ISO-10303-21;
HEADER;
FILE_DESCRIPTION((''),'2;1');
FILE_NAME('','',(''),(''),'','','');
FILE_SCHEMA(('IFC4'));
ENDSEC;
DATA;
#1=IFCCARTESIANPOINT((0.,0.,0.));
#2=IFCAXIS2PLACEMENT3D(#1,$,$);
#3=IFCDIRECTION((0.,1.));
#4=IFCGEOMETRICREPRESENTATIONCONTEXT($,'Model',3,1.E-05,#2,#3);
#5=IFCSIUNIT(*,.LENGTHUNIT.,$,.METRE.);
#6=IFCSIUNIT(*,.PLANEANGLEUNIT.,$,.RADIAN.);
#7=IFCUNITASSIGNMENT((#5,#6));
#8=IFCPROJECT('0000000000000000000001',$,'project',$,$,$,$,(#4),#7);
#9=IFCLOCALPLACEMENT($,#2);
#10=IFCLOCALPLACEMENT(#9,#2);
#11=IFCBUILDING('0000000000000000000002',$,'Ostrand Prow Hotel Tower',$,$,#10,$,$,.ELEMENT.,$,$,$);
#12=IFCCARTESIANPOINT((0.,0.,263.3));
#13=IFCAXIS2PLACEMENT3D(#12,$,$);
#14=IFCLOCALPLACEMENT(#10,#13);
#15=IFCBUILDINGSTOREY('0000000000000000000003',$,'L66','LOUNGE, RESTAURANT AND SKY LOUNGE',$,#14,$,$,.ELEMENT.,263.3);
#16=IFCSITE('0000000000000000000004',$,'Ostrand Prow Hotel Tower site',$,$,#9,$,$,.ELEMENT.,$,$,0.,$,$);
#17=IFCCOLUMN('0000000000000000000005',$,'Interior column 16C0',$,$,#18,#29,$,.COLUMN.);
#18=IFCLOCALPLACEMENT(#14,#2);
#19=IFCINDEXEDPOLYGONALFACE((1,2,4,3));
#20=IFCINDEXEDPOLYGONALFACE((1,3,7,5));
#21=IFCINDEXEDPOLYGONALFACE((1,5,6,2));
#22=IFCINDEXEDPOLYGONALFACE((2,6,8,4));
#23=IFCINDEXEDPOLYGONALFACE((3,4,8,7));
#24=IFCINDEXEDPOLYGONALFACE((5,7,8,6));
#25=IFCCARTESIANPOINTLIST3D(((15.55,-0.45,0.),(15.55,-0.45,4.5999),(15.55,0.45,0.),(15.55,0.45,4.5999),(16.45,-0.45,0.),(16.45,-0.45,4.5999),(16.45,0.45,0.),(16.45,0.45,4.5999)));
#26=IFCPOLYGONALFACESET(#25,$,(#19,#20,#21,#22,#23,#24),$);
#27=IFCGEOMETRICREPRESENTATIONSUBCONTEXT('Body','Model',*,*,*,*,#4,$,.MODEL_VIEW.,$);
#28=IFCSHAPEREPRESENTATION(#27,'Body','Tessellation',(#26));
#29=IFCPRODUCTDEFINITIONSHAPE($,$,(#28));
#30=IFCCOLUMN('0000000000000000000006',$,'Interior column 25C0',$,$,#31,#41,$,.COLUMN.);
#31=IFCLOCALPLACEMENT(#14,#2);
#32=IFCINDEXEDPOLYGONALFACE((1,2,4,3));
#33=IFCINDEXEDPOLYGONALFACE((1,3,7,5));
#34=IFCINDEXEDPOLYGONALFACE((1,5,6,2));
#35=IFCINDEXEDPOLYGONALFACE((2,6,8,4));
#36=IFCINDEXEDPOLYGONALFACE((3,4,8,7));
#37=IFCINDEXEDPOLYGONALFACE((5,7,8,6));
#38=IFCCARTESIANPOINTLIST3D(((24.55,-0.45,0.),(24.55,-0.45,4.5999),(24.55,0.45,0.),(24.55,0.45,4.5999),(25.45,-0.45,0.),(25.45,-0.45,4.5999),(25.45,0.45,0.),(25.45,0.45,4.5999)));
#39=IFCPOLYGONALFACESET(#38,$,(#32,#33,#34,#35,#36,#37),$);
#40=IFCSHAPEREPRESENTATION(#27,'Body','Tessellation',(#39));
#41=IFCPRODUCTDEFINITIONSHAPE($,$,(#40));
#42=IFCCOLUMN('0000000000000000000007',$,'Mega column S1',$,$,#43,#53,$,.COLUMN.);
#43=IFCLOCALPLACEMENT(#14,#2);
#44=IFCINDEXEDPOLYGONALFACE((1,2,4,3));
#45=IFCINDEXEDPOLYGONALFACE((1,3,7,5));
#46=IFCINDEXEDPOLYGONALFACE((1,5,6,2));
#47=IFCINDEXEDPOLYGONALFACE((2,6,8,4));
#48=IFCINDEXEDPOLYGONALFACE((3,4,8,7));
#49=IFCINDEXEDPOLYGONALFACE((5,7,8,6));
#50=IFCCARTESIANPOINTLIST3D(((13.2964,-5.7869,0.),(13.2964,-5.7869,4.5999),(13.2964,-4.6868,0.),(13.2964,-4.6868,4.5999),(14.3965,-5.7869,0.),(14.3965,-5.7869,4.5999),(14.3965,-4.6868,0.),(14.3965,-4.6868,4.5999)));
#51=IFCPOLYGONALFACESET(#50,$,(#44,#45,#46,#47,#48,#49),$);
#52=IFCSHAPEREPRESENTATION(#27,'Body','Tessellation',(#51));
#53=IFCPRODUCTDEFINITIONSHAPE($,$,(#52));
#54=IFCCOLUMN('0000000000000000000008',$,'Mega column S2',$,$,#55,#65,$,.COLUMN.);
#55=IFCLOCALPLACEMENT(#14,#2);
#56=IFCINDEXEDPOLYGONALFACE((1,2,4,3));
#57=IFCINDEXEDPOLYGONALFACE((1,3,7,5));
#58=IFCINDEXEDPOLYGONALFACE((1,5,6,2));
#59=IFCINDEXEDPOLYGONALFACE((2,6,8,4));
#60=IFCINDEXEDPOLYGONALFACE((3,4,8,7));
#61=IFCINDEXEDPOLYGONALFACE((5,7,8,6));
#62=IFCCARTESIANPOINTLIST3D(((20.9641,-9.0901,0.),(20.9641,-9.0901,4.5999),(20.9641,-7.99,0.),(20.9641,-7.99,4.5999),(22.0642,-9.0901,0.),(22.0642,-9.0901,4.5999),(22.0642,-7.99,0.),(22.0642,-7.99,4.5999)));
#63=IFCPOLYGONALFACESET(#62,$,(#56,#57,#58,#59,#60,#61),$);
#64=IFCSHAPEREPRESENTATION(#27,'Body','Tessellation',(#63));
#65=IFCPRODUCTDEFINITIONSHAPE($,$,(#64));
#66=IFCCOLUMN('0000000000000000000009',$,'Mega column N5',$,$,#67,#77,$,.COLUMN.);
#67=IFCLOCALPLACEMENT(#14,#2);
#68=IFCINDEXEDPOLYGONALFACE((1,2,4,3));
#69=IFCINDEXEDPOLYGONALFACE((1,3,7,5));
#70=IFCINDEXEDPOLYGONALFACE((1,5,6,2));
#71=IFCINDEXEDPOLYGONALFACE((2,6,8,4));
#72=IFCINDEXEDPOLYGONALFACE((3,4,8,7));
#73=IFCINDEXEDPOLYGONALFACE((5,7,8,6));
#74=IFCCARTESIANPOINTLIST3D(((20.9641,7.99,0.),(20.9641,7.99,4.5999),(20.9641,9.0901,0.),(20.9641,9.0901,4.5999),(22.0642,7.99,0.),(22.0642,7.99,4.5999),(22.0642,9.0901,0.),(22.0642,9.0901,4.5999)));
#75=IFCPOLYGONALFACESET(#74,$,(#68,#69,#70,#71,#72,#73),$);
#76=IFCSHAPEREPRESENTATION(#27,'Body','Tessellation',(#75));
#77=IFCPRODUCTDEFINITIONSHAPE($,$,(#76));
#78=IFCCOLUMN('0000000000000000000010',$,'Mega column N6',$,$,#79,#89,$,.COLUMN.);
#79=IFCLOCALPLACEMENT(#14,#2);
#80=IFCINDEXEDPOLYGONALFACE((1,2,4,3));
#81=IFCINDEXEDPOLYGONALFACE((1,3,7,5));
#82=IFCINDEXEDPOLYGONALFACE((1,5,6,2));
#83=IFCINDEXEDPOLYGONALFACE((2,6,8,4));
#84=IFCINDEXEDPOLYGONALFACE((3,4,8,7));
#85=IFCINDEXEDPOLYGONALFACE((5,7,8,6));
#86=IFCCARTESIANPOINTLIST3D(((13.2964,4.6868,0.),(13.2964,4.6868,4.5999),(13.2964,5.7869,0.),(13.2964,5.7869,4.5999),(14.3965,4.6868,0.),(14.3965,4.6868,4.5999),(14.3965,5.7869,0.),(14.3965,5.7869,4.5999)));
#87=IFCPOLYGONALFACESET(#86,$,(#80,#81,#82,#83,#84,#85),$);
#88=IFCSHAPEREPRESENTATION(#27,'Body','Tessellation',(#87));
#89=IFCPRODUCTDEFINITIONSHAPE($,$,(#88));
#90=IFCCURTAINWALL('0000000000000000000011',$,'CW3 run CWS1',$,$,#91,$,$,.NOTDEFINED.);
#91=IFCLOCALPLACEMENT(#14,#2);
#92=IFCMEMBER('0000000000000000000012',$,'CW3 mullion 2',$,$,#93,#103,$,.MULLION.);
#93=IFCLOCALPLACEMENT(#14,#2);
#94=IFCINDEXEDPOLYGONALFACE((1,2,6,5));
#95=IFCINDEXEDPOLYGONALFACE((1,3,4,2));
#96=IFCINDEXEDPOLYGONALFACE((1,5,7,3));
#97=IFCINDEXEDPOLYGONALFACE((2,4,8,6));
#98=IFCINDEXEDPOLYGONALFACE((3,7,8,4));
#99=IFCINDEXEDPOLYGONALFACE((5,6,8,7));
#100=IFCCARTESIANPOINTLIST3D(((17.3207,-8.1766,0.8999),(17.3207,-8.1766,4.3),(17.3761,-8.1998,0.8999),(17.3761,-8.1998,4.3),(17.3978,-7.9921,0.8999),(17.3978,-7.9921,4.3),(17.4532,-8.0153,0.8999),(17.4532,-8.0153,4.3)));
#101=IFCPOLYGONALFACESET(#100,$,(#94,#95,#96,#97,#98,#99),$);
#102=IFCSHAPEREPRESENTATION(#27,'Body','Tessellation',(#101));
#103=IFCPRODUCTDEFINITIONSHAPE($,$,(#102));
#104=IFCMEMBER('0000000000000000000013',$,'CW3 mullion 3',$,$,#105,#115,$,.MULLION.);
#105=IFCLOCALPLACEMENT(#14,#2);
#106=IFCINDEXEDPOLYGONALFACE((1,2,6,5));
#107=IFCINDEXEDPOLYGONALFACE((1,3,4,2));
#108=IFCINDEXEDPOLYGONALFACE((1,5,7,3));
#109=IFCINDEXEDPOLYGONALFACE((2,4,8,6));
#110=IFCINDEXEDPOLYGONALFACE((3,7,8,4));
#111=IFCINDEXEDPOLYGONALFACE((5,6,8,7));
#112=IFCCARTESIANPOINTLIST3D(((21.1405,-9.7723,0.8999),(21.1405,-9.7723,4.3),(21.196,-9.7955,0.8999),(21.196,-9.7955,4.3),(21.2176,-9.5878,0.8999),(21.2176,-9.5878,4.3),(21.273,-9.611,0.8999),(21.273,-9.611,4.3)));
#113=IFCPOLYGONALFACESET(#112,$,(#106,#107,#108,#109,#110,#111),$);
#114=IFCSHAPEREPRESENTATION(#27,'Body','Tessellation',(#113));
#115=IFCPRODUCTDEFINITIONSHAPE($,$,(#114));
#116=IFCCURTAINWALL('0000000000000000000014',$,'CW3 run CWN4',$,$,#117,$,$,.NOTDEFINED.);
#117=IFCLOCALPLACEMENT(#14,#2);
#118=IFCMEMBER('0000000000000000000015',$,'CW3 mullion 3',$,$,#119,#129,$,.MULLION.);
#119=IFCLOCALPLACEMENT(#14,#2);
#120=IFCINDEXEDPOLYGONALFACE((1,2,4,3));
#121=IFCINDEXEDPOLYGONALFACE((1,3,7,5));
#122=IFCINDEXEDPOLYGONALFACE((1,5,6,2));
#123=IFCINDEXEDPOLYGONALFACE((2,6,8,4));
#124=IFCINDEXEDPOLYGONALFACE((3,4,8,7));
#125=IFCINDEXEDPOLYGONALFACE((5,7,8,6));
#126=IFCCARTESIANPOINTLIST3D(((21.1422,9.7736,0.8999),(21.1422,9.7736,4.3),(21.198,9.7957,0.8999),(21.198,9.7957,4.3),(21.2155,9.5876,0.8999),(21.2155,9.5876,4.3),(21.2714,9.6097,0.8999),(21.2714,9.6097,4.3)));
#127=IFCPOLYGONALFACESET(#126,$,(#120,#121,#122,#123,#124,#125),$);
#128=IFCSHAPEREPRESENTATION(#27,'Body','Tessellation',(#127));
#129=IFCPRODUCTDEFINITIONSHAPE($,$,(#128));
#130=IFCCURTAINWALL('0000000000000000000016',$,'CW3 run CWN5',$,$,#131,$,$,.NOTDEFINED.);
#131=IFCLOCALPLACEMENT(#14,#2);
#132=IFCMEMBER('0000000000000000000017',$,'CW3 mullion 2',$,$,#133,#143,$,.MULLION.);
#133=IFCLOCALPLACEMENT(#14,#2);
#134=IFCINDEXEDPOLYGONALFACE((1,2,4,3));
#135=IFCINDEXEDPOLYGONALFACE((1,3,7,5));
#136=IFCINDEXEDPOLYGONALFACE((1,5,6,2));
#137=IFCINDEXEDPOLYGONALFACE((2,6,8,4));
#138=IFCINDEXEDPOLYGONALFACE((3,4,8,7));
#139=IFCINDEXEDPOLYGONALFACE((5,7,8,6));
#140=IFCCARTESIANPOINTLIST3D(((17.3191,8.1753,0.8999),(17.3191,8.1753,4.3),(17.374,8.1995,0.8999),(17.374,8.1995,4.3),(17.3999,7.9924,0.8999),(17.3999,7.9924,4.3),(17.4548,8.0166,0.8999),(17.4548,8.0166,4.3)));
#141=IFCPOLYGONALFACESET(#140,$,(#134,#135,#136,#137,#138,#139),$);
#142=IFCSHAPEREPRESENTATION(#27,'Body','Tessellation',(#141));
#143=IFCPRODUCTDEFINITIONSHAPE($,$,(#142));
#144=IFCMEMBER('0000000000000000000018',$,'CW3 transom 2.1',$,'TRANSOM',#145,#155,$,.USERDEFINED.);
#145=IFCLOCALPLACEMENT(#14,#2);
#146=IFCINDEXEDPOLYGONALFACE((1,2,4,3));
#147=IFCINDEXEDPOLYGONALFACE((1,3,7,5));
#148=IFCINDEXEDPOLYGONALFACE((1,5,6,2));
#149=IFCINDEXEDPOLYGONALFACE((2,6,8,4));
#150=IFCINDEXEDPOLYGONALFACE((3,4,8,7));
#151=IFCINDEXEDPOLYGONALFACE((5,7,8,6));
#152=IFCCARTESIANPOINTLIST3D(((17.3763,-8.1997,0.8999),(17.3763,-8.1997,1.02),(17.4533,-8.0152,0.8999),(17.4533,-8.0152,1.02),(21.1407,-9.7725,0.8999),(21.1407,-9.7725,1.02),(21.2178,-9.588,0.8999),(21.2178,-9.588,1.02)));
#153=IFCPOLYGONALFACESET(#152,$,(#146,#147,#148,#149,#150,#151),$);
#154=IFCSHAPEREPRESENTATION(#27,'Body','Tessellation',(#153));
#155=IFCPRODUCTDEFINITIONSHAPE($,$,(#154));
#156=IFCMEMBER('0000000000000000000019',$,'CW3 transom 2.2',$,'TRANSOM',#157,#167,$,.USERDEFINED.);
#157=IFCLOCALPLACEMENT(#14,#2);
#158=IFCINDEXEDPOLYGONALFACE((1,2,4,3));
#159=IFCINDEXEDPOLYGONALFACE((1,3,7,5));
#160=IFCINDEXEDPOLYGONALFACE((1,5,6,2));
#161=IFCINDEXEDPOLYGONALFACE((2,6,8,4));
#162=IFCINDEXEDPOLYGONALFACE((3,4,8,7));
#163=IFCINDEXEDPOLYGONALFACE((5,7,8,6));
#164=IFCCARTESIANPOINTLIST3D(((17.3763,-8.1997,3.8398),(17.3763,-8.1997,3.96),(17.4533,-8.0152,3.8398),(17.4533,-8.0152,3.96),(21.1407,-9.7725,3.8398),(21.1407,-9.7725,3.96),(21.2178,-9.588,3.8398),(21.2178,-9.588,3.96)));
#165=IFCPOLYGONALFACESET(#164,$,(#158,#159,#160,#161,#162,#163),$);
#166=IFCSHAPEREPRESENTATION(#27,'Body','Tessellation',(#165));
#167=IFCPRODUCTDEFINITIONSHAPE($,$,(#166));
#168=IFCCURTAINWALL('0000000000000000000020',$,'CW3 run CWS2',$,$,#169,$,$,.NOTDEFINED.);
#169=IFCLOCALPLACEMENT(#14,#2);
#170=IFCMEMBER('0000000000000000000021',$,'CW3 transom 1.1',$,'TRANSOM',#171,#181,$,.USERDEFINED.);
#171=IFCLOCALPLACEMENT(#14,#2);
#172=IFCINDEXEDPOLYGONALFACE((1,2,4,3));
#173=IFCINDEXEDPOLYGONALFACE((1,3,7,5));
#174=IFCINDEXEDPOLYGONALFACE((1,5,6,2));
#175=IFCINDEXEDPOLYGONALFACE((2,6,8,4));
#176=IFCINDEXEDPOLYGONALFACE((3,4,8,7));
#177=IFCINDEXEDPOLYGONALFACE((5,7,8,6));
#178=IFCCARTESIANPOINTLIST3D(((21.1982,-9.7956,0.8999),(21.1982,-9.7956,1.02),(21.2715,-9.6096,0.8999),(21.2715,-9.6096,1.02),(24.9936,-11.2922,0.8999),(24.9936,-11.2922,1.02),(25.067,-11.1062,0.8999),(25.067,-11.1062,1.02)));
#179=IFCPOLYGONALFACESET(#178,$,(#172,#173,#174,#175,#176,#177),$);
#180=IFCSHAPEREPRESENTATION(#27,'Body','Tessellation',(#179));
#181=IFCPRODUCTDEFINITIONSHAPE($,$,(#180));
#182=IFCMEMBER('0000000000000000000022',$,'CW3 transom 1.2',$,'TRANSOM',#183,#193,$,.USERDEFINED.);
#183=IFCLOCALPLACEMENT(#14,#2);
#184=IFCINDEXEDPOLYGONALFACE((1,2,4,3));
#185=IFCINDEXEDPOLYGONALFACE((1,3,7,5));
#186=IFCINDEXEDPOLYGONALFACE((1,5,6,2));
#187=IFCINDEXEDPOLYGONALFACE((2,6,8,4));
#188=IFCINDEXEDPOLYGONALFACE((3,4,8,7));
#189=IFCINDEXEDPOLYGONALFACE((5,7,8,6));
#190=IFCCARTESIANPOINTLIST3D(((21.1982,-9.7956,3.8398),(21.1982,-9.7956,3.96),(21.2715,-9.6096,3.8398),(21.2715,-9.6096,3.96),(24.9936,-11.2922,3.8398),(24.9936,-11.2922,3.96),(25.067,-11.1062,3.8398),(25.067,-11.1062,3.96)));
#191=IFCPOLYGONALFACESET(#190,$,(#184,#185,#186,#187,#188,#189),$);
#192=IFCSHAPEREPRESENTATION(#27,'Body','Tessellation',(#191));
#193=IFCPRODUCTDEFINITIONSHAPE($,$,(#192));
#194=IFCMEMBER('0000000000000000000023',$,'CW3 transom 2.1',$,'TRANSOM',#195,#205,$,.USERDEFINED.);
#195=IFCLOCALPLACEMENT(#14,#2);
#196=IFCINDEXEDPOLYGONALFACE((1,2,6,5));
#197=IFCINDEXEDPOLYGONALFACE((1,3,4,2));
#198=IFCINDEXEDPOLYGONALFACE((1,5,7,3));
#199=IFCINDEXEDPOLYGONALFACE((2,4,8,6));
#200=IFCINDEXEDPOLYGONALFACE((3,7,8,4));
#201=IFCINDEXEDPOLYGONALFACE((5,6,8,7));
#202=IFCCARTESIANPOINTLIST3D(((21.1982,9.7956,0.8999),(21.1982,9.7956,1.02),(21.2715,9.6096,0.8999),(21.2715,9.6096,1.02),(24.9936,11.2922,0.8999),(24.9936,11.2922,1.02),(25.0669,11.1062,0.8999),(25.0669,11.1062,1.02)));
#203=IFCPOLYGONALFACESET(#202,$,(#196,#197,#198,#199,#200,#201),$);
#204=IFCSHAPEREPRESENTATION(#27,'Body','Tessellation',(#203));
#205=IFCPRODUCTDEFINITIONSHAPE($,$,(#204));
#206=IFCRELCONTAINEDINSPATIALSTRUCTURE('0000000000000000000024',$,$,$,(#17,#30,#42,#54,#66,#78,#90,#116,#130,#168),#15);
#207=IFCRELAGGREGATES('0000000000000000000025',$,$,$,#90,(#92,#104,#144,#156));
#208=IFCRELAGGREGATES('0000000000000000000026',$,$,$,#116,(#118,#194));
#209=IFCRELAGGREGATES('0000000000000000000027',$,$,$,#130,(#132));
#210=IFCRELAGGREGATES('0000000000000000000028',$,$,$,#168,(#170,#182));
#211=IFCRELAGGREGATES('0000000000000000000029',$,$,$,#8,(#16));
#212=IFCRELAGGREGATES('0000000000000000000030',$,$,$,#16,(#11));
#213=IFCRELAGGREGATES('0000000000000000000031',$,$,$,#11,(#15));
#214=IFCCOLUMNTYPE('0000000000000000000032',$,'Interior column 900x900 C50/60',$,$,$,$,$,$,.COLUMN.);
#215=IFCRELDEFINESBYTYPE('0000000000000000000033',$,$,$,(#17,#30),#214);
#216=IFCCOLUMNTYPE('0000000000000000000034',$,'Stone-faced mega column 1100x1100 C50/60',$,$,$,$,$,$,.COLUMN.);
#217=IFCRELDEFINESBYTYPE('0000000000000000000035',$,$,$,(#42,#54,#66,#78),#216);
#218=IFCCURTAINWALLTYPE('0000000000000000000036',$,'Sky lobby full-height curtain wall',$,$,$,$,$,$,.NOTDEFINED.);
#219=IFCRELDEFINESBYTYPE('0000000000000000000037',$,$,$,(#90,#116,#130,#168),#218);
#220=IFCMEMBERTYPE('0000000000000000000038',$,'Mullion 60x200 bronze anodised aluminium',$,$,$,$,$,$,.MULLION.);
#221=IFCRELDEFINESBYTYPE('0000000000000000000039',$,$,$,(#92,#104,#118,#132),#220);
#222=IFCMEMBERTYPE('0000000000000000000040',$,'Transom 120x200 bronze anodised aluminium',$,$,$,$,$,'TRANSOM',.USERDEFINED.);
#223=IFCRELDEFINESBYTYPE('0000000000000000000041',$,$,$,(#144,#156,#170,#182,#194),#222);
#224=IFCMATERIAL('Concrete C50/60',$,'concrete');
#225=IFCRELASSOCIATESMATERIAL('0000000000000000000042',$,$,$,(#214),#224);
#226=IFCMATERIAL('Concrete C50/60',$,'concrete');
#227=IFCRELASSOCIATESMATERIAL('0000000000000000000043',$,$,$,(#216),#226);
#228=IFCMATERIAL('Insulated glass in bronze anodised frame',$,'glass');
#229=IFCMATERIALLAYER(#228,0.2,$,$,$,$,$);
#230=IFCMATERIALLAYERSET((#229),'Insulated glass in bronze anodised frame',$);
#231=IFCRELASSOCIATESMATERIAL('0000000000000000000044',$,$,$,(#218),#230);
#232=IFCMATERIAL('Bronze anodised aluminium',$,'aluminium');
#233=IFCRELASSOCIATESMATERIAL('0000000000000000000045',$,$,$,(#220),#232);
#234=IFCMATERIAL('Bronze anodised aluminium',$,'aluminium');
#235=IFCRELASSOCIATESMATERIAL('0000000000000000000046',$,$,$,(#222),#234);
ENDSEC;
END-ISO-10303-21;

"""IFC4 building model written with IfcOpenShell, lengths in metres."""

from ifc_helpers import new_model, si_unit, direction, frame, origin, origin_2d, place, context, subcontext, project, spatial, rectangle, extrude, material, layer, layer_set, material_profile, profile_set, type_object, element, aggregate, save


model = new_model("IFC4")

# Units and contexts
model_context = context("Model", 3, precision=1e-05, world=origin(), true_north=direction((0.0, 1.0)))
body_context = subcontext(model_context, "Body", "Model", "MODEL_VIEW")
ifc_project = project(units=[si_unit("LENGTHUNIT", "METRE"), si_unit("PLANEANGLEUNIT", "RADIAN")], contexts=[model_context])

# Site, building, storey
site_placement = place(None, origin())
site = spatial("IfcSite", under=ifc_project, at=site_placement, Name="Ostrand Prow Hotel Tower site", CompositionType="ELEMENT", RefElevation=0.0)
building_placement = place(site_placement, origin())
building = spatial("IfcBuilding", under=site, at=building_placement, Name="Ostrand Prow Hotel Tower", CompositionType="ELEMENT")
storey_placement = place(building_placement, frame((0.0, 0.0, 263.3)))
storey = spatial("IfcBuildingStorey", under=building, at=storey_placement, Name="L66", Description="LOUNGE, RESTAURANT AND SKY LOUNGE", CompositionType="ELEMENT", Elevation=263.3)

# Columns
ifc_material_1 = material(Name="Concrete C50/60", Category="concrete")
ifc_material_profile_1 = material_profile(ifc_material_1, rectangle(XDim=0.8999, YDim=0.8999, at=origin_2d()), Name="RC 900x900")
ifc_profile_set_1 = profile_set([ifc_material_profile_1], Name="Concrete C50/60")
column_type_1 = type_object("IfcColumnType", Name="Interior column 900x900 C50/60", PredefinedType="COLUMN", material=ifc_profile_set_1)
for number, where, z_axis, x_axis, name in (
    (1, (16.0, 0.0, 0.0), (0.0, 0.0, 1.0), (1.0, 0.0, 0.0), "Interior column 16C0"),
    (2, (25.0, 0.0, 0.0), (0.0, 0.0, 1.0), (1.0, 0.0, 0.0), "Interior column 25C0"),
):
    element("IfcColumn", number, at=place(storey_placement, frame(where, z_axis=z_axis, x_axis=x_axis)), inside=storey, type_object=column_type_1, Name=name, PredefinedType="COLUMN", context=body_context, shape_type="SweptSolid", body=[
        extrude(rectangle(XDim=0.8999, YDim=0.8999, at=origin_2d()), origin(), (0.0, 0.0, 1.0), 4.5999),
    ])
ifc_material_2 = material(Name="Concrete C50/60", Category="concrete")
ifc_material_profile_2 = material_profile(ifc_material_2, rectangle(XDim=1.1001, YDim=1.1001, at=origin_2d()), Name="RC 1100x1100")
ifc_profile_set_2 = profile_set([ifc_material_profile_2], Name="Concrete C50/60")
column_type_2 = type_object("IfcColumnType", Name="Stone-faced mega column 1100x1100 C50/60", PredefinedType="COLUMN", material=ifc_profile_set_2)
for number, where, z_axis, x_axis, name in (
    (3, (13.8464, -5.2368, 0.0), (0.0, 0.0, 1.0), (1.0, 0.0, 0.0), "Mega column S1"),
    (4, (21.5142, -8.54, 0.0), (0.0, 0.0, 1.0), (1.0, 0.0, 0.0), "Mega column S2"),
    (5, (21.5142, 8.54, 0.0), (0.0, 0.0, 1.0), (1.0, 0.0, 0.0), "Mega column N5"),
    (6, (13.8464, 5.2368, 0.0), (0.0, 0.0, 1.0), (1.0, 0.0, 0.0), "Mega column N6"),
):
    element("IfcColumn", number, at=place(storey_placement, frame(where, z_axis=z_axis, x_axis=x_axis)), inside=storey, type_object=column_type_2, Name=name, PredefinedType="COLUMN", context=body_context, shape_type="SweptSolid", body=[
        extrude(rectangle(XDim=1.1001, YDim=1.1001, at=origin_2d()), origin(), (0.0, 0.0, 1.0), 4.5999),
    ])

# Curtain wall, members
ifc_material_3 = material(Name="Insulated glass in bronze anodised frame", Category="glass")
ifc_layer_1 = layer(ifc_material_3, 0.2)
ifc_layer_set_1 = layer_set([ifc_layer_1], Name="Insulated glass in bronze anodised frame")
curtain_wall_type = type_object("IfcCurtainWallType", Name="Sky lobby full-height curtain wall", PredefinedType="NOTDEFINED", material=ifc_layer_set_1)
curtain_wall_1_placement = place(storey_placement, origin())
curtain_wall_1 = element("IfcCurtainWall", 7, at=curtain_wall_1_placement, inside=storey, type_object=curtain_wall_type, Name="CW3 run CWS1", PredefinedType="NOTDEFINED")
ifc_material_4 = material(Name="Bronze anodised aluminium", Category="aluminium")
ifc_material_profile_3 = material_profile(ifc_material_4, rectangle(XDim=0.2, YDim=0.0601, at=origin_2d()), Name="Mullion 60x200 bronze anodised aluminium")
ifc_profile_set_3 = profile_set([ifc_material_profile_3], Name="Bronze anodised aluminium")
member_type_1 = type_object("IfcMemberType", Name="Mullion 60x200 bronze anodised aluminium", PredefinedType="MULLION", material=ifc_profile_set_3)
member_1_placement = place(storey_placement, frame((17.387, -8.0959, 0.8999), z_axis=(0.0, 0.0, 1.0), x_axis=(0.385471, 0.92272, 0.0)))
member_1 = element("IfcMember", 8, at=member_1_placement, type_object=member_type_1, Name="CW3 mullion 2", PredefinedType="MULLION", context=body_context, shape_type="SweptSolid", body=[
    extrude(rectangle(XDim=0.2, YDim=0.0601, at=origin_2d()), origin(), (0.0, 0.0, 1.0), 3.4001),
])
member_2_placement = place(storey_placement, frame((21.2068, -9.6917, 0.8999), z_axis=(0.0, 0.0, 1.0), x_axis=(0.385471, 0.92272, 0.0)))
member_2 = element("IfcMember", 9, at=member_2_placement, type_object=member_type_1, Name="CW3 mullion 3", PredefinedType="MULLION", context=body_context, shape_type="SweptSolid", body=[
    extrude(rectangle(XDim=0.2, YDim=0.0601, at=origin_2d()), origin(), (0.0, 0.0, 1.0), 3.4001),
])

# Curtain walls, members
curtain_wall_2_placement = place(storey_placement, origin())
curtain_wall_2 = element("IfcCurtainWall", 10, at=curtain_wall_2_placement, inside=storey, type_object=curtain_wall_type, Name="CW3 run CWN4", PredefinedType="NOTDEFINED")
member_3_placement = place(storey_placement, frame((21.2068, 9.6917, 0.8999), z_axis=(0.0, 0.0, 1.0), x_axis=(0.366845, -0.930282, 0.0)))
member_3 = element("IfcMember", 11, at=member_3_placement, type_object=member_type_1, Name="CW3 mullion 3", PredefinedType="MULLION", context=body_context, shape_type="SweptSolid", body=[
    extrude(rectangle(XDim=0.2, YDim=0.0601, at=origin_2d()), origin(), (0.0, 0.0, 1.0), 3.4001),
])
curtain_wall_3_placement = place(storey_placement, origin())
curtain_wall_3 = element("IfcCurtainWall", 12, at=curtain_wall_3_placement, inside=storey, type_object=curtain_wall_type, Name="CW3 run CWN5", PredefinedType="NOTDEFINED")
member_4_placement = place(storey_placement, frame((17.387, 8.0959, 0.8999), z_axis=(0.0, 0.0, 1.0), x_axis=(0.40394, -0.914786, 0.0)))
member_4 = element("IfcMember", 13, at=member_4_placement, type_object=member_type_1, Name="CW3 mullion 2", PredefinedType="MULLION", context=body_context, shape_type="SweptSolid", body=[
    extrude(rectangle(XDim=0.2, YDim=0.0601, at=origin_2d()), origin(), (0.0, 0.0, 1.0), 3.4001),
])

# Members
ifc_material_5 = material(Name="Bronze anodised aluminium", Category="aluminium")
ifc_material_profile_4 = material_profile(ifc_material_5, rectangle(XDim=0.2, YDim=0.1201, at=origin_2d()), Name="Transom 120x200 bronze anodised aluminium")
ifc_profile_set_4 = profile_set([ifc_material_profile_4], Name="Bronze anodised aluminium")
member_type_2 = type_object("IfcMemberType", Name="Transom 120x200 bronze anodised aluminium", ElementType="TRANSOM", PredefinedType="USERDEFINED", material=ifc_profile_set_4)
member_5_placement = place(storey_placement, frame((17.4148, -8.1074, 0.96), z_axis=(0.922706, -0.385503, 0.0), x_axis=(0.385503, 0.922706, 0.0)))
member_5 = element("IfcMember", 14, at=member_5_placement, type_object=member_type_2, Name="CW3 transom 2.1", ObjectType="TRANSOM", PredefinedType="USERDEFINED", context=body_context, shape_type="SweptSolid", body=[
    extrude(rectangle(XDim=0.2, YDim=0.1201, at=origin_2d()), origin(), (0.0, 0.0, 1.0), 4.0798),
])
member_6_placement = place(storey_placement, frame((17.4148, -8.1074, 3.8999), z_axis=(0.922706, -0.385503, 0.0), x_axis=(0.385503, 0.922706, 0.0)))
member_6 = element("IfcMember", 15, at=member_6_placement, type_object=member_type_2, Name="CW3 transom 2.2", ObjectType="TRANSOM", PredefinedType="USERDEFINED", context=body_context, shape_type="SweptSolid", body=[
    extrude(rectangle(XDim=0.2, YDim=0.1201, at=origin_2d()), origin(), (0.0, 0.0, 1.0), 4.0798),
])

# Curtain wall, members
curtain_wall_4_placement = place(storey_placement, origin())
curtain_wall_4 = element("IfcCurtainWall", 16, at=curtain_wall_4_placement, inside=storey, type_object=curtain_wall_type, Name="CW3 run CWS2", PredefinedType="NOTDEFINED")
member_7_placement = place(storey_placement, frame((21.2349, -9.7026, 0.96), z_axis=(0.93029, -0.366826, 0.0), x_axis=(0.366826, 0.93029, 0.0)))
member_7 = element("IfcMember", 17, at=member_7_placement, type_object=member_type_2, Name="CW3 transom 1.1", ObjectType="TRANSOM", PredefinedType="USERDEFINED", context=body_context, shape_type="SweptSolid", body=[
    extrude(rectangle(XDim=0.2, YDim=0.1201, at=origin_2d()), origin(), (0.0, 0.0, 1.0), 4.0798),
])
member_8_placement = place(storey_placement, frame((21.2349, -9.7026, 3.8999), z_axis=(0.93029, -0.366826, 0.0), x_axis=(0.366826, 0.93029, 0.0)))
member_8 = element("IfcMember", 18, at=member_8_placement, type_object=member_type_2, Name="CW3 transom 1.2", ObjectType="TRANSOM", PredefinedType="USERDEFINED", context=body_context, shape_type="SweptSolid", body=[
    extrude(rectangle(XDim=0.2, YDim=0.1201, at=origin_2d()), origin(), (0.0, 0.0, 1.0), 4.0798),
])

# Member
member_9_placement = place(storey_placement, frame((25.0303, 11.1992, 0.96), z_axis=(-0.93029, -0.366826, 0.0), x_axis=(0.366826, -0.93029, 0.0)))
member_9 = element("IfcMember", 19, at=member_9_placement, type_object=member_type_2, Name="CW3 transom 2.1", ObjectType="TRANSOM", PredefinedType="USERDEFINED", context=body_context, shape_type="SweptSolid", body=[
    extrude(rectangle(XDim=0.2, YDim=0.1201, at=origin_2d()), origin(), (0.0, 0.0, 1.0), 4.0798),
])

aggregate(curtain_wall_1, [member_1, member_2, member_5, member_6])
aggregate(curtain_wall_2, [member_3, member_9])
aggregate(curtain_wall_3, [member_4])
aggregate(curtain_wall_4, [member_7, member_8])

save(model, "model.ifc")
